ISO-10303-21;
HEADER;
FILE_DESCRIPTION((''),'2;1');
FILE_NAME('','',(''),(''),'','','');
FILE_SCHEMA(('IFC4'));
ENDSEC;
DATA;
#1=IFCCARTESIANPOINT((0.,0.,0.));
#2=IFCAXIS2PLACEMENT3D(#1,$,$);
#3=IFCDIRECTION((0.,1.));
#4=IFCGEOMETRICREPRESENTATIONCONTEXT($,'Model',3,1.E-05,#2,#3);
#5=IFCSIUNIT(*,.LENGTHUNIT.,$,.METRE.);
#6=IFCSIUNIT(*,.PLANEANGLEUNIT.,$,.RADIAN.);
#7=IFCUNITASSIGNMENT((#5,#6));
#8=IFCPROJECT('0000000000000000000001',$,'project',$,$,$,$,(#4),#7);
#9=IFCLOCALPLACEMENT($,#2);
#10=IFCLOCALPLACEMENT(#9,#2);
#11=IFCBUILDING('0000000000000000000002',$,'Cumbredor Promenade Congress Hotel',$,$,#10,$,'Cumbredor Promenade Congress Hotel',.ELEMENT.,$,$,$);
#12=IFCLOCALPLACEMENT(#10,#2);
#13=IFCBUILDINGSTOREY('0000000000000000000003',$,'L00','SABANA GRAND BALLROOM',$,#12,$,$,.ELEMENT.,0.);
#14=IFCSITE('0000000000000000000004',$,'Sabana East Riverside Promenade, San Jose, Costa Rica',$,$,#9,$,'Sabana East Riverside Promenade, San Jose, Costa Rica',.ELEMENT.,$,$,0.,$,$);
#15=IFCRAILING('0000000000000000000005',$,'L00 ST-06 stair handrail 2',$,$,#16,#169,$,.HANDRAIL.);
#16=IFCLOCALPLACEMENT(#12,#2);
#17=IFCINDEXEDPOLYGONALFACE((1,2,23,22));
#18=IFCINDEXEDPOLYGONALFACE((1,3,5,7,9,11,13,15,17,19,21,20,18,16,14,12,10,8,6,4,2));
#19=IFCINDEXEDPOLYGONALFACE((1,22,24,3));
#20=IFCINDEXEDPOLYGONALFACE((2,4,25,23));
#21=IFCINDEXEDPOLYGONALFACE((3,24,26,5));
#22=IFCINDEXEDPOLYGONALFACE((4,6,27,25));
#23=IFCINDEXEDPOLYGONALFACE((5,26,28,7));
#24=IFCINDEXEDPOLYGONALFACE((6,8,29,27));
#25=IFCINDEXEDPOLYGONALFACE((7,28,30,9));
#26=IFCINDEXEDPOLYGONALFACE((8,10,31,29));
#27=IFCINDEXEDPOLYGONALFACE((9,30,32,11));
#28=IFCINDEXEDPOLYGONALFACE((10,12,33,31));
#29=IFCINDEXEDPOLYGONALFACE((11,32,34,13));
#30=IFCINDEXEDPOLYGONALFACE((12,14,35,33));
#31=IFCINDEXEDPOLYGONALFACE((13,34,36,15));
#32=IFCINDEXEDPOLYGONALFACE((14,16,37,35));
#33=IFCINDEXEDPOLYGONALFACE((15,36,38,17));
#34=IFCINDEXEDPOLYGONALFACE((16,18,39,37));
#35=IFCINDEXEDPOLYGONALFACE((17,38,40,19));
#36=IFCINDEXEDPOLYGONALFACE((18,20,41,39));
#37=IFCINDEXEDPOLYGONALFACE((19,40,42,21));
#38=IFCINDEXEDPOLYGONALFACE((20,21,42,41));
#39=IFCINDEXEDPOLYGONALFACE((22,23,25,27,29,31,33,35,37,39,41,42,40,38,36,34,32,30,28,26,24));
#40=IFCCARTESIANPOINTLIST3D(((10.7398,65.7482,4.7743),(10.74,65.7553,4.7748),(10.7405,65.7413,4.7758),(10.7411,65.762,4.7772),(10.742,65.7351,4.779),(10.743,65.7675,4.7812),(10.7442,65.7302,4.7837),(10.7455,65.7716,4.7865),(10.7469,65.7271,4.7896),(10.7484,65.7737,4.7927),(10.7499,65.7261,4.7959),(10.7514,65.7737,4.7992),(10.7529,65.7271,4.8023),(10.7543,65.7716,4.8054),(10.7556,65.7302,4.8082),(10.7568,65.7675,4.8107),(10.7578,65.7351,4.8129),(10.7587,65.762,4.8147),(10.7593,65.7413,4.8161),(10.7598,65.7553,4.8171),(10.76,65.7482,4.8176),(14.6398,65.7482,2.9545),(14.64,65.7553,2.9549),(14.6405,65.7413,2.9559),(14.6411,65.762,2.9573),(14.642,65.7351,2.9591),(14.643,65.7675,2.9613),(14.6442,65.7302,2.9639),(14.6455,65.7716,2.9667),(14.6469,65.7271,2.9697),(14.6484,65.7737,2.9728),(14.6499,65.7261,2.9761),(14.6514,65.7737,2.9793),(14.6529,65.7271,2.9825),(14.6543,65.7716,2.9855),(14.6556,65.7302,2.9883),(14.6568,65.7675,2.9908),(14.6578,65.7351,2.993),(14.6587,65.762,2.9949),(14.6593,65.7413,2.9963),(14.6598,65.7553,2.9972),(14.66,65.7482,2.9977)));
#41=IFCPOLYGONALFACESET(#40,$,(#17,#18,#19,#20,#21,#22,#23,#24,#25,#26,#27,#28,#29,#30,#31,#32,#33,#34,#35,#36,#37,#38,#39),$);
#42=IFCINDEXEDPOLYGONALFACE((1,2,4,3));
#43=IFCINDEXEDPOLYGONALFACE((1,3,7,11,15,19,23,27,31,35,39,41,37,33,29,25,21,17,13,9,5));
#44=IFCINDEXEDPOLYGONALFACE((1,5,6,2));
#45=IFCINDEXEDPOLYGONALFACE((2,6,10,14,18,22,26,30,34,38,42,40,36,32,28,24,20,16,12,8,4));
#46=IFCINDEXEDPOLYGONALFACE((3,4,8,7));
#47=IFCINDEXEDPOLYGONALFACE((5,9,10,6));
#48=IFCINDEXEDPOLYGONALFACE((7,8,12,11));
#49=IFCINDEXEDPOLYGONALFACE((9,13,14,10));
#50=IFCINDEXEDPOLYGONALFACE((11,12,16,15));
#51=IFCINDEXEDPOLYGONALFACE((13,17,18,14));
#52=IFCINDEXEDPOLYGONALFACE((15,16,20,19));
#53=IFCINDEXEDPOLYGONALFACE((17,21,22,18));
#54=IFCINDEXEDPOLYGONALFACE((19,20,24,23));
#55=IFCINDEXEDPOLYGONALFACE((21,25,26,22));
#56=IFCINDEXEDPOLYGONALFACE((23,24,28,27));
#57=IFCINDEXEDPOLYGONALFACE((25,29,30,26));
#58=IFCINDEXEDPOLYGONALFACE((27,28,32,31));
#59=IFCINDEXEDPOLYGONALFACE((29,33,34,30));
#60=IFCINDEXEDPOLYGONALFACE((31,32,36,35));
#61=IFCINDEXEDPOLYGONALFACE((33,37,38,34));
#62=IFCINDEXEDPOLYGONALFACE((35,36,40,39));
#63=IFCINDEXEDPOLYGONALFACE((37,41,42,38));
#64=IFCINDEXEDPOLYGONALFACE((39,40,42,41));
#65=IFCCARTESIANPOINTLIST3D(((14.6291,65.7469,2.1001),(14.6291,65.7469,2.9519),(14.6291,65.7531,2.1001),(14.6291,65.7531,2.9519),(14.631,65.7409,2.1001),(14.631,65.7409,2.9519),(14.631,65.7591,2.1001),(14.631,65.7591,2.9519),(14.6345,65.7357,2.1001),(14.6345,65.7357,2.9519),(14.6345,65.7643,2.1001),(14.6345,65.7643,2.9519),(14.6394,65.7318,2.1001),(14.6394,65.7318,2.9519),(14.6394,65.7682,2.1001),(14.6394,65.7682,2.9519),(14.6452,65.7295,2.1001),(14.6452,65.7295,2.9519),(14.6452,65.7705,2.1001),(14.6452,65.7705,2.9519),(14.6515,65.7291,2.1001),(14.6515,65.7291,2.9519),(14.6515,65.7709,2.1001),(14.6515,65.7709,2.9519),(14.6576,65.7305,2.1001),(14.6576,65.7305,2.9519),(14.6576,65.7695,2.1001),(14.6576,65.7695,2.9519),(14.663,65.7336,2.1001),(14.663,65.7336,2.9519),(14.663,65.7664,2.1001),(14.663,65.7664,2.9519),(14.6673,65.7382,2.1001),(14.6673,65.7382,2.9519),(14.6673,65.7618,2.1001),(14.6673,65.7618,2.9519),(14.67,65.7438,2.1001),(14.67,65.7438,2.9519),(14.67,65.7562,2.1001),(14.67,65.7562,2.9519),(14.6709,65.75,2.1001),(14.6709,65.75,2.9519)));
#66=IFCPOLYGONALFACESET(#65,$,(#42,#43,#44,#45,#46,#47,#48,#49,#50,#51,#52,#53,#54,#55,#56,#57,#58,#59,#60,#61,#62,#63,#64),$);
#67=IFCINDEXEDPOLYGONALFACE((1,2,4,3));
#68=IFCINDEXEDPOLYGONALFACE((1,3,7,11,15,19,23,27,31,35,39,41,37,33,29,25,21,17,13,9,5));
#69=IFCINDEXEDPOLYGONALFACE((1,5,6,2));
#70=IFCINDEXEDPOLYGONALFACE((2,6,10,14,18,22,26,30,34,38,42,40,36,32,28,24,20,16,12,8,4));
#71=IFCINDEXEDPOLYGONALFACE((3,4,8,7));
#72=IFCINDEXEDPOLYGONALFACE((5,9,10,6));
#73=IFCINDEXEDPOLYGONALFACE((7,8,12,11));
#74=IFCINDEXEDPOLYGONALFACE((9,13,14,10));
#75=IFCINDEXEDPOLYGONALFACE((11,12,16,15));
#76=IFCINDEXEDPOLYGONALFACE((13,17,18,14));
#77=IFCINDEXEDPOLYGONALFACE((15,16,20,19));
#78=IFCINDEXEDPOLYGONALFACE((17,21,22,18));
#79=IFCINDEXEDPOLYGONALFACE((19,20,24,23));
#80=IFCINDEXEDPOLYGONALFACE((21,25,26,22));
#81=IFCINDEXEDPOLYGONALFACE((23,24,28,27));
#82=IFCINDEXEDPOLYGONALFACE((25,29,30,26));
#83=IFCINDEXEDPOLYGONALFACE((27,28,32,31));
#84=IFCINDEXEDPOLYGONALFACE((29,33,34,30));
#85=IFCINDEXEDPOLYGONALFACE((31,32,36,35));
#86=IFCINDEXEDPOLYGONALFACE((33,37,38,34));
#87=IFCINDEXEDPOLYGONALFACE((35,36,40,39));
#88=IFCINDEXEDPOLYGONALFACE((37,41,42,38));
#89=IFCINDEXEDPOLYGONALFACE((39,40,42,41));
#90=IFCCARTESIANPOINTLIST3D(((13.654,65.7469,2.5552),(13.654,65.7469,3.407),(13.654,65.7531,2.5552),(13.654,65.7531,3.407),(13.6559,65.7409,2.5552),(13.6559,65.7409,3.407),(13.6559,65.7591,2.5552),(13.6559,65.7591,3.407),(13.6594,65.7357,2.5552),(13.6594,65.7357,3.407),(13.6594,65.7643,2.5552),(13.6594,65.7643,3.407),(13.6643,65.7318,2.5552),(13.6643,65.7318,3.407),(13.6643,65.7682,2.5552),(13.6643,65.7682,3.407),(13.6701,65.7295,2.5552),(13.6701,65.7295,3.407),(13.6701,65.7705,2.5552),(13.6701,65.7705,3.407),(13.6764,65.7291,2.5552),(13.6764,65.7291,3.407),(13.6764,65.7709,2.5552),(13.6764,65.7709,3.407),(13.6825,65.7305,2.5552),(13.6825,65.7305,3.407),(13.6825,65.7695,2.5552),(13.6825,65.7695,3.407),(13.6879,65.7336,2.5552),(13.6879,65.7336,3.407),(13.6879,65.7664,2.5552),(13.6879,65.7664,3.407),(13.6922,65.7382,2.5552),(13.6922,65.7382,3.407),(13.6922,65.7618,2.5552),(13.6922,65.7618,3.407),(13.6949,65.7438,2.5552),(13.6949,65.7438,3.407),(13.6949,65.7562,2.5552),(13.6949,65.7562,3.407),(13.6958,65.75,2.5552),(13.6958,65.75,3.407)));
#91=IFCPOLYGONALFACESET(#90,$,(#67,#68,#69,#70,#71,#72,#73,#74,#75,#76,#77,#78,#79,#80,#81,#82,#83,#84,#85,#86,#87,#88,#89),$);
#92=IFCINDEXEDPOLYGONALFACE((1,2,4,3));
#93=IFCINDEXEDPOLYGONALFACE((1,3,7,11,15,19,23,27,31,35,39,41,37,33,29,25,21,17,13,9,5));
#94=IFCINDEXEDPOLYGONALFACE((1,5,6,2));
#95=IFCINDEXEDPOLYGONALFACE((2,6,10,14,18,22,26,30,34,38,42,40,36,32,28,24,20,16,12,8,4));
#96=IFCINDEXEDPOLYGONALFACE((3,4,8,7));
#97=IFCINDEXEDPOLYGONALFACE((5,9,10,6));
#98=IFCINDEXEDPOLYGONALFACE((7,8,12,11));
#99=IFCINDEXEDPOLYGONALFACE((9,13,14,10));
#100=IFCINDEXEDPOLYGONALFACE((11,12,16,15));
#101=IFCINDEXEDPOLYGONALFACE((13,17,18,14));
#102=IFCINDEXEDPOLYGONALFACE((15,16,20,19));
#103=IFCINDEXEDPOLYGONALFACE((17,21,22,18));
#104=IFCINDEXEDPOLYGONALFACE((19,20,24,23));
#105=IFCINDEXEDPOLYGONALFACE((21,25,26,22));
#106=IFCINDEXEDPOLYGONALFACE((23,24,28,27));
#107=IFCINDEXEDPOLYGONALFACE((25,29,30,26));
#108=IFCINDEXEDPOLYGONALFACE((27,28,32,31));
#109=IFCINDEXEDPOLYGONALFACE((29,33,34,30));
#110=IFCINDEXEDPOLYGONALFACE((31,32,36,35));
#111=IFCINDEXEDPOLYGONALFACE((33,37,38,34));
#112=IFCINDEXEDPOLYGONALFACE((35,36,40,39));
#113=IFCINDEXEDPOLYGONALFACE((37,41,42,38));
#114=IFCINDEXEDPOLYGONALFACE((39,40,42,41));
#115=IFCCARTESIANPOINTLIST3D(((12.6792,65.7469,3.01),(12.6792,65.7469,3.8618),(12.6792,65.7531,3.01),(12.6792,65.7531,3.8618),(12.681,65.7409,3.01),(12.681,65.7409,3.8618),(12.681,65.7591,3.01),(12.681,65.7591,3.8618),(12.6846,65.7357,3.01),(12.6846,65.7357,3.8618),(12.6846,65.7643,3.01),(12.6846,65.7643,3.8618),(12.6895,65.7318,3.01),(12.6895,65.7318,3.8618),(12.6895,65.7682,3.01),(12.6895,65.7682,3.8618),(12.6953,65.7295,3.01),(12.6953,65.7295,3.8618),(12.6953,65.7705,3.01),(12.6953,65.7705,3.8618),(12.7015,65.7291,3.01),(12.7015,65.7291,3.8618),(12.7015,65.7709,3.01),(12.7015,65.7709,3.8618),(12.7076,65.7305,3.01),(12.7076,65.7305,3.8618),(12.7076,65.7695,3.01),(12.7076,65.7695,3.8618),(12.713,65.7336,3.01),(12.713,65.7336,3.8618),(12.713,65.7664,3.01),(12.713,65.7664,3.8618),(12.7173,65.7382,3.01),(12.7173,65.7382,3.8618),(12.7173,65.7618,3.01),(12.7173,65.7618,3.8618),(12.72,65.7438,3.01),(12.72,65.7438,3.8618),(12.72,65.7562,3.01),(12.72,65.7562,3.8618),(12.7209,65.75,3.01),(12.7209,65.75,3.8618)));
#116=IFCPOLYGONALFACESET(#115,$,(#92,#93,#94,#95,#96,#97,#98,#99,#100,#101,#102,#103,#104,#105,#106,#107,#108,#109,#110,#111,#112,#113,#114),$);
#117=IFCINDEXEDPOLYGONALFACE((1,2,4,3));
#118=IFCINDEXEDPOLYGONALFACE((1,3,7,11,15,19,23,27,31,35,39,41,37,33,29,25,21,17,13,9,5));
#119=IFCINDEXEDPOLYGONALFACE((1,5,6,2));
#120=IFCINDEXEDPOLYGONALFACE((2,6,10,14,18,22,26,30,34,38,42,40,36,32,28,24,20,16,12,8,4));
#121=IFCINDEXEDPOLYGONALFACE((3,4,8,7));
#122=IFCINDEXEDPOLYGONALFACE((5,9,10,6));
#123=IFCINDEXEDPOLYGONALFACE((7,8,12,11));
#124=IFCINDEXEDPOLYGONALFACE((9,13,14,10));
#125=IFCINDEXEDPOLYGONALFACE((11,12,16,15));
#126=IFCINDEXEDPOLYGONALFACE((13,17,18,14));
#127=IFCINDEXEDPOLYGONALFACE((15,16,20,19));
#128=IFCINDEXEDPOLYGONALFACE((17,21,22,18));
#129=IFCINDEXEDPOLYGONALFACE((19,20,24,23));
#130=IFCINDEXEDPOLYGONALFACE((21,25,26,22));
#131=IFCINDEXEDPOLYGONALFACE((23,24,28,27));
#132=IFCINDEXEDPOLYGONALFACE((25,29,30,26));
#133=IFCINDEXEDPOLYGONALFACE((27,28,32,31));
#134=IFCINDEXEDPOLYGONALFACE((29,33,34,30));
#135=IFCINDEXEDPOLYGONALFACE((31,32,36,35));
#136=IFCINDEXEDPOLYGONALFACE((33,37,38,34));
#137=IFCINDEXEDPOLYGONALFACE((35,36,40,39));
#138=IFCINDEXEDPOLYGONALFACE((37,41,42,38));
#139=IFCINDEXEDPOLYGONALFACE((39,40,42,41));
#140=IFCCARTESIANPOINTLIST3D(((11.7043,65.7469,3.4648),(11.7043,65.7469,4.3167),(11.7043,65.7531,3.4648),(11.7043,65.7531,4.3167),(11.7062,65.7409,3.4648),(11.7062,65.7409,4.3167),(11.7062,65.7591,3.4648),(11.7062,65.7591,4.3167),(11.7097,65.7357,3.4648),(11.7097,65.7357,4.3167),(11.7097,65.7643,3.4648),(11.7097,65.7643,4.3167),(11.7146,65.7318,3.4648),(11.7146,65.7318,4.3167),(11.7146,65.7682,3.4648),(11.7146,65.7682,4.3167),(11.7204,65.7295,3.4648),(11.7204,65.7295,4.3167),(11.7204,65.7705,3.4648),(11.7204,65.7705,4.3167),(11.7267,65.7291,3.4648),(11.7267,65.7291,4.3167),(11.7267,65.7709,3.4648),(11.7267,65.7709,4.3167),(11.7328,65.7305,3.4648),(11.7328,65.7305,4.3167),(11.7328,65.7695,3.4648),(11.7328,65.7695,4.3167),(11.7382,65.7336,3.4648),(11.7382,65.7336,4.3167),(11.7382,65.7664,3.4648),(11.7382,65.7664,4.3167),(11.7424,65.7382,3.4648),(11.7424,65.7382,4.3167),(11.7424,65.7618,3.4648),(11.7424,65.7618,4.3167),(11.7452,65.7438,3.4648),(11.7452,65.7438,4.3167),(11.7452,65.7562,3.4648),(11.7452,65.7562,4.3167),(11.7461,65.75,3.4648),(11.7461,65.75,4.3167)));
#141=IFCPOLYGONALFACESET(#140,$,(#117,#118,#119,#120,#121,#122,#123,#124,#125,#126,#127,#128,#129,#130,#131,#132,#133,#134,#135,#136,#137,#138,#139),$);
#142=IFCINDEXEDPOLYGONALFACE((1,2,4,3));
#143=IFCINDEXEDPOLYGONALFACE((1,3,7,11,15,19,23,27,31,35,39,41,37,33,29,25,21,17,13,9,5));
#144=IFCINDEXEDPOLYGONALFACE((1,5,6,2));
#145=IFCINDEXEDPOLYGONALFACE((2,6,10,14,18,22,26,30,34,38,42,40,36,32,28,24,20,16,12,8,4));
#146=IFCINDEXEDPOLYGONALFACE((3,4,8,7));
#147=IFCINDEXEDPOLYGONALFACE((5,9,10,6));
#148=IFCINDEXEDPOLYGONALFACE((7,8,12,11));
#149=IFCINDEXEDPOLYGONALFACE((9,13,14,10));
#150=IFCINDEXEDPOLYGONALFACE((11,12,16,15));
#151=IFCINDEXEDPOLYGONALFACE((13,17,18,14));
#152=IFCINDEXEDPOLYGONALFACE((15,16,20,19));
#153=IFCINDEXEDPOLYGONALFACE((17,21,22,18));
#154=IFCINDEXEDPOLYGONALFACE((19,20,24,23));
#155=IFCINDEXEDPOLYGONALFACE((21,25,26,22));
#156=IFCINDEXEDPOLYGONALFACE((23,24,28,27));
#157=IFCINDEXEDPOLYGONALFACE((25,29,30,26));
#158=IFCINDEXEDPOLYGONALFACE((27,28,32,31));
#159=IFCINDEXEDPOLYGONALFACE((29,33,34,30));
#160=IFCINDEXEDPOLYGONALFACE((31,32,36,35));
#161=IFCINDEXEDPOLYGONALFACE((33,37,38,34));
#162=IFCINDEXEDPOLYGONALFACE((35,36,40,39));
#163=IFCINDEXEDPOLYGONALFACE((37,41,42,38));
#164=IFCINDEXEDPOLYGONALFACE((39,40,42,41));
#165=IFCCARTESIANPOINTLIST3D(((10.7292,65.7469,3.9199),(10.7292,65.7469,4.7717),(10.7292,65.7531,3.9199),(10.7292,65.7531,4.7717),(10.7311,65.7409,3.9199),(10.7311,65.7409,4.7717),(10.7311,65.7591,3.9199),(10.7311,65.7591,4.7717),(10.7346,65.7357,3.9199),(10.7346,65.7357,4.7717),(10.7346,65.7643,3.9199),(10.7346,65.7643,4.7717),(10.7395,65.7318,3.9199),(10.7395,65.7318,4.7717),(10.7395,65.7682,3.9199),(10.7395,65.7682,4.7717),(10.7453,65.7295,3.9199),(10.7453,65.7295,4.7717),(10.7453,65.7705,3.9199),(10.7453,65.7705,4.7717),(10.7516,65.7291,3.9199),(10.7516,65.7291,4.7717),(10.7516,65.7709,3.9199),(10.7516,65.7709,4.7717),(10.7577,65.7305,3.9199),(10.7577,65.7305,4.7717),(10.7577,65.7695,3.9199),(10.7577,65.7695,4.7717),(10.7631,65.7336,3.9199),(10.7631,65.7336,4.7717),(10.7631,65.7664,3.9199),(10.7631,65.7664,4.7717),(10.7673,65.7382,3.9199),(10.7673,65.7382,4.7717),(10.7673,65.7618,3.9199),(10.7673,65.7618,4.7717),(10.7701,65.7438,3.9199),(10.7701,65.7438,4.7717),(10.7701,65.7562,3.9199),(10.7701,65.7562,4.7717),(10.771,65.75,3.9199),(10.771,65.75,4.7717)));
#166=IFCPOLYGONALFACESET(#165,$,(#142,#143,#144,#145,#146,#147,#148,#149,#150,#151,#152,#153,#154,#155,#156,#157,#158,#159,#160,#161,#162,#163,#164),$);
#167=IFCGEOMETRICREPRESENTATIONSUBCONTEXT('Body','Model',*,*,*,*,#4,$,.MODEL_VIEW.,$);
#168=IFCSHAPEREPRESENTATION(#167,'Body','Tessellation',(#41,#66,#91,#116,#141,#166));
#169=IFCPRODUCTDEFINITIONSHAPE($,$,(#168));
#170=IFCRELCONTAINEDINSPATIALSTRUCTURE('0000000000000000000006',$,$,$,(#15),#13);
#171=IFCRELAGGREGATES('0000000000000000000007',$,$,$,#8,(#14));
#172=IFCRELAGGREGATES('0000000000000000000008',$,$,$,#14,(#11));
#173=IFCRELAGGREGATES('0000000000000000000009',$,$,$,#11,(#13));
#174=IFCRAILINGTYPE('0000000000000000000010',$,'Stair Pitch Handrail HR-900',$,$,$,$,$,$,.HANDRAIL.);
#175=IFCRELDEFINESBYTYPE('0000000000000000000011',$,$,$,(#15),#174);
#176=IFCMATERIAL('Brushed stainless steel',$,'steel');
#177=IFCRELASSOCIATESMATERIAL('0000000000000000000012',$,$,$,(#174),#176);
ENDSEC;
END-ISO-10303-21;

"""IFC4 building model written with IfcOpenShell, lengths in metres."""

from ifc_helpers import new_model, si_unit, direction, frame, origin, origin_2d, place, context, subcontext, project, spatial, circle, extrude, material, type_object, element, save


model = new_model("IFC4")

# Units and contexts
model_context = context("Model", 3, precision=1e-05, world=origin(), true_north=direction((0.0, 1.0)))
body_context = subcontext(model_context, "Body", "Model", "MODEL_VIEW")
ifc_project = project(units=[si_unit("LENGTHUNIT", "METRE"), si_unit("PLANEANGLEUNIT", "RADIAN")], contexts=[model_context])

# Site, building, storey
site_placement = place(None, origin())
site = spatial("IfcSite", under=ifc_project, at=site_placement, Name="Sabana East Riverside Promenade, San Jose, Costa Rica", LongName="Sabana East Riverside Promenade, San Jose, Costa Rica", CompositionType="ELEMENT", RefElevation=0.0)
building_placement = place(site_placement, origin())
building = spatial("IfcBuilding", under=site, at=building_placement, Name="Cumbredor Promenade Congress Hotel", LongName="Cumbredor Promenade Congress Hotel", CompositionType="ELEMENT")
storey_placement = place(building_placement, origin())
storey = spatial("IfcBuildingStorey", under=building, at=storey_placement, Name="L00", Description="SABANA GRAND BALLROOM", CompositionType="ELEMENT", Elevation=0.0)

# Railing
ifc_material_1 = material(Name="Brushed stainless steel", Category="steel")
railing_type_1 = type_object("IfcRailingType", Name="Stair Pitch Handrail HR-900", PredefinedType="HANDRAIL", material=ifc_material_1)
railing_1_placement = place(storey_placement, frame((14.6499, 65.75, 2.1001)))
element("IfcRailing", 1, at=railing_1_placement, inside=storey, type_object=railing_type_1, Name="L00 ST-06 stair handrail 2", PredefinedType="HANDRAIL", context=body_context, shape_type="SweptSolid", body=[
    extrude(circle(Radius=0.0239, at=origin_2d()), frame((0.0, 0.0, 0.876), z_axis=(-0.906195, 0.0, 0.422861), x_axis=(0.0, -1.0, 0.0)), (0.0, 0.0, 1.0), 4.3037),
    extrude(circle(Radius=0.021, at=origin_2d()), origin(), (0.0, 0.0, 1.0), 0.8518),
    extrude(circle(Radius=0.021, at=origin_2d()), frame((-0.9751, 0.0, 0.4551)), (0.0, 0.0, 1.0), 0.8518),
    extrude(circle(Radius=0.021, at=origin_2d()), frame((-1.95, 0.0, 0.9099)), (0.0, 0.0, 1.0), 0.8518),
    extrude(circle(Radius=0.021, at=origin_2d()), frame((-2.9248, 0.0, 1.3647)), (0.0, 0.0, 1.0), 0.8518),
    extrude(circle(Radius=0.021, at=origin_2d()), frame((-3.8999, 0.0, 1.8198)), (0.0, 0.0, 1.0), 0.8518),
])

save(model, "model.ifc")
